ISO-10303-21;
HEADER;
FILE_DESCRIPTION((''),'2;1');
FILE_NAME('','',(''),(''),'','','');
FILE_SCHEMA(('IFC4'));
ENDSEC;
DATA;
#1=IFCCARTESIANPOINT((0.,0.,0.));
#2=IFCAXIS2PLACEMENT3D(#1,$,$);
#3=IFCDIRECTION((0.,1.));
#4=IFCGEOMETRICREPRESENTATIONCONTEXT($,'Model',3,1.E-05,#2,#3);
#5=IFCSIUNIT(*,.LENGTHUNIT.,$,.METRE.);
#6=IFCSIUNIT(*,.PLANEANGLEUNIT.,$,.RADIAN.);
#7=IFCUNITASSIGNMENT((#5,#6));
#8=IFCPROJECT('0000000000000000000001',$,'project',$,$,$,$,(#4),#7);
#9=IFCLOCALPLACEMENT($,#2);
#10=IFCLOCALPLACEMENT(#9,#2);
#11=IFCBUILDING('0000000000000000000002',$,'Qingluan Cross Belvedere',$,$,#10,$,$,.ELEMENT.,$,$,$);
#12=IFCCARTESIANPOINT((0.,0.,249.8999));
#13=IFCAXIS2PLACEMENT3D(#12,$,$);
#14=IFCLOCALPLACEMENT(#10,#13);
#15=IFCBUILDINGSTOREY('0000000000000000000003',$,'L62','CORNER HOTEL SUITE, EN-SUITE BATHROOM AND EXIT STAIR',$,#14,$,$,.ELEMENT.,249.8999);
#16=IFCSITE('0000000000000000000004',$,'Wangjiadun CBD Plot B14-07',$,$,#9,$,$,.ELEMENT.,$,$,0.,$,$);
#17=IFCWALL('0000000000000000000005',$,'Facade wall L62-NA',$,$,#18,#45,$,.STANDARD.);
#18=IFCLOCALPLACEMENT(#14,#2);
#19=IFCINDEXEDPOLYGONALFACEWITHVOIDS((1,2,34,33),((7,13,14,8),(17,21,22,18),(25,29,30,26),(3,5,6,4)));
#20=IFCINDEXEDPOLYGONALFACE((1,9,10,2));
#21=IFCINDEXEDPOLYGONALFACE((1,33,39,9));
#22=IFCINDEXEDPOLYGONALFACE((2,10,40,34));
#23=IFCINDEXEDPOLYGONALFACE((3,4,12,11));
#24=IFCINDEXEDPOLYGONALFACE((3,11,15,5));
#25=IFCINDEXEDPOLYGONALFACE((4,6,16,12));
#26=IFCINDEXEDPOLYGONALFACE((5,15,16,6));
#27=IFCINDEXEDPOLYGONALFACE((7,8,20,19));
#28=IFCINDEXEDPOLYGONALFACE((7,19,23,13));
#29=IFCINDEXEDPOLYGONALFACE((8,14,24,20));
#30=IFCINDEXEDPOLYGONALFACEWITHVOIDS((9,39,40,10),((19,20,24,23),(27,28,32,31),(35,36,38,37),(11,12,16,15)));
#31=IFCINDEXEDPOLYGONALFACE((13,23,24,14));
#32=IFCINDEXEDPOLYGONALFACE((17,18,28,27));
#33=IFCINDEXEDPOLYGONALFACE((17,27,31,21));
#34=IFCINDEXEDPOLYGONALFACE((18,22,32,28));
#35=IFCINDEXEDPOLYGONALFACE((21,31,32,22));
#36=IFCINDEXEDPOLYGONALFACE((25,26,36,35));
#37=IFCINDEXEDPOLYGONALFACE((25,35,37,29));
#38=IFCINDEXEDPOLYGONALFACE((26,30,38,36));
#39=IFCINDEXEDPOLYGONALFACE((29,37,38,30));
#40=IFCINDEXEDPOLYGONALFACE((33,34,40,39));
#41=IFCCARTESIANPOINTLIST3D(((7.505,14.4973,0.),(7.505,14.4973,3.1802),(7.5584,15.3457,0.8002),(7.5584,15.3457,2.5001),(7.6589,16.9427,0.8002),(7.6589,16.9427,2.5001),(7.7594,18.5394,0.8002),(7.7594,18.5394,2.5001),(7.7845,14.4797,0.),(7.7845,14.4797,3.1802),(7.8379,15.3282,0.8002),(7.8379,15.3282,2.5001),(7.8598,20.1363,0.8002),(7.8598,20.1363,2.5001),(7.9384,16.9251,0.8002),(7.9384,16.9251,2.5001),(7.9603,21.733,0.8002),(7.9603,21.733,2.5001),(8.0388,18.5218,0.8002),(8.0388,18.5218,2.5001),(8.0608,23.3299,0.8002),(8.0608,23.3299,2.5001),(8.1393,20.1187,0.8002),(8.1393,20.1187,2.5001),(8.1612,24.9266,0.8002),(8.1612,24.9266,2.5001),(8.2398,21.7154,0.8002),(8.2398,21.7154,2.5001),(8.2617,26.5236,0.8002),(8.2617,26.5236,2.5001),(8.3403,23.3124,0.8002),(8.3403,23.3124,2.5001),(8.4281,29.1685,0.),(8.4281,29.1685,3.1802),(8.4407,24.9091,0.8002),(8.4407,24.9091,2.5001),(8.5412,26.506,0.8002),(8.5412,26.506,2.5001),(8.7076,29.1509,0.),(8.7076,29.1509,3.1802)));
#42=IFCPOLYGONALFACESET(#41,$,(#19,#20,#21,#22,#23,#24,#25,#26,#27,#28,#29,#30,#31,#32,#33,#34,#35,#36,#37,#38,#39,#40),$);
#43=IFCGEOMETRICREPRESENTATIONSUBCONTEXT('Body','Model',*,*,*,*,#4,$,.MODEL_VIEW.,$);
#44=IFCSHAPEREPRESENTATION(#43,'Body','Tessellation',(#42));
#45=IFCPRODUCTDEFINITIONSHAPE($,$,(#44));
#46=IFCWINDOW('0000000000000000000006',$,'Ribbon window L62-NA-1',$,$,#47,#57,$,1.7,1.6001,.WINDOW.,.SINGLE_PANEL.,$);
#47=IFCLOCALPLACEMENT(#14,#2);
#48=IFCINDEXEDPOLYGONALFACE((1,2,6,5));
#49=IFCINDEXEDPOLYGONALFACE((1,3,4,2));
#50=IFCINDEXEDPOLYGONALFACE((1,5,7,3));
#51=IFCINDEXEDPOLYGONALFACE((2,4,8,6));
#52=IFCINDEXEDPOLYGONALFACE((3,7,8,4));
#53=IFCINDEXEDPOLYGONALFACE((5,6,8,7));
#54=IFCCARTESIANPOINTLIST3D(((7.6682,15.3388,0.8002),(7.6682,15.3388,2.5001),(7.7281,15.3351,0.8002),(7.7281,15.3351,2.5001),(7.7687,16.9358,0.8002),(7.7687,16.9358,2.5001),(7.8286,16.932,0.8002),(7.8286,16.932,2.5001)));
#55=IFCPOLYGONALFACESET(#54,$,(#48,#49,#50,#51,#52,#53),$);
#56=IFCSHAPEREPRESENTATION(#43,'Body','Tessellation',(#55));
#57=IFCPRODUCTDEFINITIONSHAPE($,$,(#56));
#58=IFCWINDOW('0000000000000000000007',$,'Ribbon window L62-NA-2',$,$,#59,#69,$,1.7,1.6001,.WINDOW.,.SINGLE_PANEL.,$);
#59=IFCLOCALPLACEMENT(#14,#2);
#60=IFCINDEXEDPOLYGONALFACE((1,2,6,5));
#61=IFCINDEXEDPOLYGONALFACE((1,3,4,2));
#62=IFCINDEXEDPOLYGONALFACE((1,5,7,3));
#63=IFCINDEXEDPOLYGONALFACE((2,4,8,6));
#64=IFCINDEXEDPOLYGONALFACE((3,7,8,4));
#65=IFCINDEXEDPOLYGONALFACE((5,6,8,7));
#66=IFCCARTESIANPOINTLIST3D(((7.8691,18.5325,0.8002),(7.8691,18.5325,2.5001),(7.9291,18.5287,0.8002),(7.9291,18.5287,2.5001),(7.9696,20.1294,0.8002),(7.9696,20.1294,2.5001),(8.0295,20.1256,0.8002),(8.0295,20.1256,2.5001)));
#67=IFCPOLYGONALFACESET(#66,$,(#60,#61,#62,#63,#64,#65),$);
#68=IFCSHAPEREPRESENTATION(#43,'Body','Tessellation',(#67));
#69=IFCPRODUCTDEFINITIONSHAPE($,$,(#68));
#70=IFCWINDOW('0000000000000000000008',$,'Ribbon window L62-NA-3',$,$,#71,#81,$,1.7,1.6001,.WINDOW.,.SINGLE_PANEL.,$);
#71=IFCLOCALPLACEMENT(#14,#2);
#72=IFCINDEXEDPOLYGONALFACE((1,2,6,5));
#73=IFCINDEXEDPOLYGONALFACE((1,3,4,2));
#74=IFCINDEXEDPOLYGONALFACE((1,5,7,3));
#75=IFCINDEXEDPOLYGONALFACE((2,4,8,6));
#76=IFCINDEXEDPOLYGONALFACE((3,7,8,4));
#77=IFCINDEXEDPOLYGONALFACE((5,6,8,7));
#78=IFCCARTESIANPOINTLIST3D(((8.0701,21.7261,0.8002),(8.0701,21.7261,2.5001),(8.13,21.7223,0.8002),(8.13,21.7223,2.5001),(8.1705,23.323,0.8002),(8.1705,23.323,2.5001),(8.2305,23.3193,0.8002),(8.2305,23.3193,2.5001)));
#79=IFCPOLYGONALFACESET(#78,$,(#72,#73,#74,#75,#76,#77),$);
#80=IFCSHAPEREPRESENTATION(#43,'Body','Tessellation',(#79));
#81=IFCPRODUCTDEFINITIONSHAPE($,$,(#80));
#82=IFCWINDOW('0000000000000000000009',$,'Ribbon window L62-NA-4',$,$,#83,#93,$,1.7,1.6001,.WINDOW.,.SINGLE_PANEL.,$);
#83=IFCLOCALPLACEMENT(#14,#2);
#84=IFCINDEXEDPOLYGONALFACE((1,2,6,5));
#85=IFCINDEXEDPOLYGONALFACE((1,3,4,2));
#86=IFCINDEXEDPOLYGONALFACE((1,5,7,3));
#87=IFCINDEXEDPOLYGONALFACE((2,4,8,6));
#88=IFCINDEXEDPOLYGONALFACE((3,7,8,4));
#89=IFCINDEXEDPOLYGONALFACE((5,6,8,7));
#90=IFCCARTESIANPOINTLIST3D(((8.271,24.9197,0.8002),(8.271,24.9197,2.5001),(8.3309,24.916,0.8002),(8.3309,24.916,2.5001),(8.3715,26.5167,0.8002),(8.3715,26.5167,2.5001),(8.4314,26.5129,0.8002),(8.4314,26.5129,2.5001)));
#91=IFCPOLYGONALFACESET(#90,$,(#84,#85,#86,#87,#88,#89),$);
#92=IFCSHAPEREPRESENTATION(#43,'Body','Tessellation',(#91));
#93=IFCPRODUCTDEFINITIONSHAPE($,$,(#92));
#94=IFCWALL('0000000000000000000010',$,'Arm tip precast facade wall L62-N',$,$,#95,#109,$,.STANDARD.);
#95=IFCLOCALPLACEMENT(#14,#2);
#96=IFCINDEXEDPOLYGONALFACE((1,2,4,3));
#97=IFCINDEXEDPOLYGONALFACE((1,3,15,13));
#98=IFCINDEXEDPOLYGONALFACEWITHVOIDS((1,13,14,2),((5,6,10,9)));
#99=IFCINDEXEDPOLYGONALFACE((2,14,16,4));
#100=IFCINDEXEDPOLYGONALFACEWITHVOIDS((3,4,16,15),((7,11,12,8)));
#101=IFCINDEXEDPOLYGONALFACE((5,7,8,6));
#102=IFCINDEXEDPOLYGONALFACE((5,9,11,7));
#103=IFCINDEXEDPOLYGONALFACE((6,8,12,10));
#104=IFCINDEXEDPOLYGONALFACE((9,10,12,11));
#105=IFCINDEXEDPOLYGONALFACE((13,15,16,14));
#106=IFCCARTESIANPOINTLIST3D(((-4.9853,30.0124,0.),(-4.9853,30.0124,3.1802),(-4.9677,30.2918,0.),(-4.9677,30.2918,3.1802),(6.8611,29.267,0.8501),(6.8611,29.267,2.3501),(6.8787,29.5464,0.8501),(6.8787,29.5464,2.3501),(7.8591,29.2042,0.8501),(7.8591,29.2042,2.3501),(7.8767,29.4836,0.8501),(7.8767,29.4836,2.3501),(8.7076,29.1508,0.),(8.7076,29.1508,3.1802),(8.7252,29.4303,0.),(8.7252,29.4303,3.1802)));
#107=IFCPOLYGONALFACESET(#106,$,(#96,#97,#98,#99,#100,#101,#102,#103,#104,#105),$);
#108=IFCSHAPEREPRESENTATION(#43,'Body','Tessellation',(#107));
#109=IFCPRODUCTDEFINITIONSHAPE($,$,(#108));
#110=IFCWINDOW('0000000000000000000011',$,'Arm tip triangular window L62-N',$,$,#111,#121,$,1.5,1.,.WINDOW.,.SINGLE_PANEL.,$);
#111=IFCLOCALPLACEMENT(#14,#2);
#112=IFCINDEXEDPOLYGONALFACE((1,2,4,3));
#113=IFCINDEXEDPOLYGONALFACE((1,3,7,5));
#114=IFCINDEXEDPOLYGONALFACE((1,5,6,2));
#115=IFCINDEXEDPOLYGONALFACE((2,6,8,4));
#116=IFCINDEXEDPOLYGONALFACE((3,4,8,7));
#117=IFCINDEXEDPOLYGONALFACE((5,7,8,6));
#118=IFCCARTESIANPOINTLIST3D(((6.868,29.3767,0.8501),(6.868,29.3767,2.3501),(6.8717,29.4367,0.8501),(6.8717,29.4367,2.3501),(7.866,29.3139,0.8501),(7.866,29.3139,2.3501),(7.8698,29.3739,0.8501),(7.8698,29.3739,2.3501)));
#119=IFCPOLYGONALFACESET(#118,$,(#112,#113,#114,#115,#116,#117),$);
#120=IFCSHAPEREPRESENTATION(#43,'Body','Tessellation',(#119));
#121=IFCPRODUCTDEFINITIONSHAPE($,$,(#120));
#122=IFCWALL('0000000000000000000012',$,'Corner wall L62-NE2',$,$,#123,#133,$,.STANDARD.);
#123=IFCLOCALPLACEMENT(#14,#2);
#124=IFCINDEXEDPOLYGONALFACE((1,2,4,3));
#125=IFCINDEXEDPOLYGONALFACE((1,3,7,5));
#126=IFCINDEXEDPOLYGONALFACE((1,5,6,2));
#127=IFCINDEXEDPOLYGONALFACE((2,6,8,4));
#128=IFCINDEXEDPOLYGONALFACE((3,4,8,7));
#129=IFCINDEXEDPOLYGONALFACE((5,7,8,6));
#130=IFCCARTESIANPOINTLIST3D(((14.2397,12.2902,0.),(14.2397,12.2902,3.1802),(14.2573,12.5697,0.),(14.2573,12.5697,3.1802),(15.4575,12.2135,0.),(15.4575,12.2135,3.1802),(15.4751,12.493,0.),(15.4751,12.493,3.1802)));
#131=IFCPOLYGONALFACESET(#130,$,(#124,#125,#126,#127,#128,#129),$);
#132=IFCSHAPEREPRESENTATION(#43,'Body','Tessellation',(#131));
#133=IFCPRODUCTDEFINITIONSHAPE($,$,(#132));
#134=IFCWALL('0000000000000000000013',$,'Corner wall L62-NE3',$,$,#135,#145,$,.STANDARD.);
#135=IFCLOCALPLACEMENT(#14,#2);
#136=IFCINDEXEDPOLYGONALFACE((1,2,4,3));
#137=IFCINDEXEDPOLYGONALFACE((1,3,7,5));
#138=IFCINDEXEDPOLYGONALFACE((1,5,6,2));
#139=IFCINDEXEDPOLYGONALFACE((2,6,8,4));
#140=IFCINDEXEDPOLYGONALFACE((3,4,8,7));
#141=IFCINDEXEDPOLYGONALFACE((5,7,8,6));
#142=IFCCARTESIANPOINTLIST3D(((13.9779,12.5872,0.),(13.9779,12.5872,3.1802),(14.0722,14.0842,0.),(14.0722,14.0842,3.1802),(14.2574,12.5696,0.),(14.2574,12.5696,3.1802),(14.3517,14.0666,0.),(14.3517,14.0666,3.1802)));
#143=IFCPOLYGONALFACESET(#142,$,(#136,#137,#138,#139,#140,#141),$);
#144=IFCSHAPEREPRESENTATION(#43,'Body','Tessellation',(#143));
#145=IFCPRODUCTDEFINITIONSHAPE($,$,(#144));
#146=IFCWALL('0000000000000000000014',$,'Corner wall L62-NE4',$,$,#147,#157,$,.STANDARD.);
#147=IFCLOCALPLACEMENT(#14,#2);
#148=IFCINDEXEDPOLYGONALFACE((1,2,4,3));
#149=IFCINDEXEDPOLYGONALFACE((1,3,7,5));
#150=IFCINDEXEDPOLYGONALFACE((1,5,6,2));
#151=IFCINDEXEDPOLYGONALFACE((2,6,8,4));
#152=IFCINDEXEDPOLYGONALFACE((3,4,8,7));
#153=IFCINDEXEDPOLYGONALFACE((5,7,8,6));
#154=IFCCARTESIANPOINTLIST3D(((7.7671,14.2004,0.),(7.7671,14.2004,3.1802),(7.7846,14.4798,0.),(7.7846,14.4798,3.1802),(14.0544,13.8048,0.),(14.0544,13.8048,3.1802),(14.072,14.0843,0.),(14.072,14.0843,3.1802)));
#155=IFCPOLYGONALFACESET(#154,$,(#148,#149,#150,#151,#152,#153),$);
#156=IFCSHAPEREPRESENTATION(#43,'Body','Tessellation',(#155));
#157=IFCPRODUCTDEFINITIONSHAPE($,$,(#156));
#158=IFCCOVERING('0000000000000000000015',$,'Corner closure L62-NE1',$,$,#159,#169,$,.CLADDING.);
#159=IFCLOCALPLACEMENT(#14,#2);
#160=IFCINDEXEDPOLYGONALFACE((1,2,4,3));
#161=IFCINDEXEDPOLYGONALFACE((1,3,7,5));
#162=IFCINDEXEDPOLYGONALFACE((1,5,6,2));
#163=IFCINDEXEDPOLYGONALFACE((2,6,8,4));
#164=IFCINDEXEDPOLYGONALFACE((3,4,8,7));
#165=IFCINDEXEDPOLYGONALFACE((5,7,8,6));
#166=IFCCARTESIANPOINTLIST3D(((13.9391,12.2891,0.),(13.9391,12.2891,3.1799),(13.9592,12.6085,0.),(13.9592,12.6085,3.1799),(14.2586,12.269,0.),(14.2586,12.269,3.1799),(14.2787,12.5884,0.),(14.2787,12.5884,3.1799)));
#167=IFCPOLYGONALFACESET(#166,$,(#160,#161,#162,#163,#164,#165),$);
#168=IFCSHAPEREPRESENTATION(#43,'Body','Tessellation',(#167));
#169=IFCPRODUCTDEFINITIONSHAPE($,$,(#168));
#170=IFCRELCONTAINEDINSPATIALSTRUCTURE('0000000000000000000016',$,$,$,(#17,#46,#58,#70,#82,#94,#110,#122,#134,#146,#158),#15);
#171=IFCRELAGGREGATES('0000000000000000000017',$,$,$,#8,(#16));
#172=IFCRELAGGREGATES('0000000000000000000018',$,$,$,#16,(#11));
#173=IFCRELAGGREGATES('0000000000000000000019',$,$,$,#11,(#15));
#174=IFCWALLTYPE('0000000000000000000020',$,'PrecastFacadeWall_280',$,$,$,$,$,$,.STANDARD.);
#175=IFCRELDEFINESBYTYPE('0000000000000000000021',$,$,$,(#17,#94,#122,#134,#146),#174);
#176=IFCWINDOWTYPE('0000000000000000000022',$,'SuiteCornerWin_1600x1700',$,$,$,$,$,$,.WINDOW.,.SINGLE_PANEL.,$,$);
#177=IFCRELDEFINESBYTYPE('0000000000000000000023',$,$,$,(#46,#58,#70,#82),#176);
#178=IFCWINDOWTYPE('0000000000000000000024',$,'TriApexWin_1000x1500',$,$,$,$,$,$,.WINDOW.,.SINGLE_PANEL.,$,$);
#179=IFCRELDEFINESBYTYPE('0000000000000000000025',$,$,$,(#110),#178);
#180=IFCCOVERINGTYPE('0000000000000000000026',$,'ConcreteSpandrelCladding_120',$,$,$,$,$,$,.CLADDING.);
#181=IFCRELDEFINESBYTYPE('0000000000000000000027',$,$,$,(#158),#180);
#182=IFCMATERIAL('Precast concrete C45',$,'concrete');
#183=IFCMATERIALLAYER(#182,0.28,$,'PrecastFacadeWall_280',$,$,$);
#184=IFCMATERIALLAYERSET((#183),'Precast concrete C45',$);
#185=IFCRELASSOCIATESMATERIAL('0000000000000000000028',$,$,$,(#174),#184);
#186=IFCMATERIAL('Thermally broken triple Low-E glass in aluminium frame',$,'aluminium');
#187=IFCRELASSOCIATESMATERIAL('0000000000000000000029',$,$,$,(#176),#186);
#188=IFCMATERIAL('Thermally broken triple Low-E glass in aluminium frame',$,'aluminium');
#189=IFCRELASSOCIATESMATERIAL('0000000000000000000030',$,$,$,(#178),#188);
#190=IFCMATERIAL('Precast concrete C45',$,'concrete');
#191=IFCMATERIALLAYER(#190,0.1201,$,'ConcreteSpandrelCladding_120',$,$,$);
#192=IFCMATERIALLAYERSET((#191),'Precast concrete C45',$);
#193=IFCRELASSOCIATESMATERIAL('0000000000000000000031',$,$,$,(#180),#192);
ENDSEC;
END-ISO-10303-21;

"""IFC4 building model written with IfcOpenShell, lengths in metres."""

from ifc_helpers import new_model, si_unit, direction, frame, frame_2d, origin, origin_2d, place, context, subcontext, project, spatial, rectangle, extrude, material, layer, layer_set, type_object, element, fill, save


model = new_model("IFC4")

# Units and contexts
model_context = context("Model", 3, precision=1e-05, world=origin(), true_north=direction((0.0, 1.0)))
body_context = subcontext(model_context, "Body", "Model", "MODEL_VIEW")
ifc_project = project(units=[si_unit("LENGTHUNIT", "METRE"), si_unit("PLANEANGLEUNIT", "RADIAN")], contexts=[model_context])

# Site, building, storey
site_placement = place(None, origin())
site = spatial("IfcSite", under=ifc_project, at=site_placement, Name="Wangjiadun CBD Plot B14-07", CompositionType="ELEMENT", RefElevation=0.0)
building_placement = place(site_placement, origin())
building = spatial("IfcBuilding", under=site, at=building_placement, Name="Qingluan Cross Belvedere", CompositionType="ELEMENT")
storey_placement = place(building_placement, frame((0.0, 0.0, 249.8999)))
storey = spatial("IfcBuildingStorey", under=building, at=storey_placement, Name="L62", Description="CORNER HOTEL SUITE, EN-SUITE BATHROOM AND EXIT STAIR", CompositionType="ELEMENT", Elevation=249.8999)

# Wall, openings, windows
ifc_material_1 = material(Name="Precast concrete C45", Category="concrete")
ifc_layer_1 = layer(ifc_material_1, 0.28, Name="PrecastFacadeWall_280")
ifc_layer_set_1 = layer_set([ifc_layer_1], Name="Precast concrete C45")
wall_type_1 = type_object("IfcWallType", Name="PrecastFacadeWall_280", PredefinedType="STANDARD", material=ifc_layer_set_1)
wall_1_placement = place(storey_placement, frame((7.6448, 14.4885, 0.0), z_axis=(0.0, 0.0, 1.0), x_axis=(0.062795, 0.998026, 0.0)))
wall_1 = element("IfcWall", 1, at=wall_1_placement, inside=storey, type_object=wall_type_1, Name="Facade wall L62-NA", PredefinedType="STANDARD", context=body_context, shape_type="SweptSolid", body=[
    extrude(rectangle(XDim=14.7002, YDim=0.28, at=frame_2d((7.3501, 0.0))), origin(), (0.0, 0.0, 1.0), 3.1802),
])
opening_1_placement = place(wall_1_placement, frame((0.8501, 0.0, 0.8)))
opening_1 = element("IfcOpeningElement", 2, at=opening_1_placement, cuts=wall_1, PredefinedType="OPENING", context=body_context, shape_type="SweptSolid", body=[
    extrude(rectangle(XDim=1.6001, YDim=1.7, at=frame_2d((0.8, 0.8501))), frame((0.0, 0.1499, 0.0), z_axis=(0.0, -1.0, 0.0), x_axis=(1.0, 0.0, 0.0)), (0.0, 0.0, 1.0), 0.3),
])
opening_2_placement = place(wall_1_placement, frame((4.05, 0.0, 0.8)))
opening_2 = element("IfcOpeningElement", 3, at=opening_2_placement, cuts=wall_1, PredefinedType="OPENING", context=body_context, shape_type="SweptSolid", body=[
    extrude(rectangle(XDim=1.6001, YDim=1.7, at=frame_2d((0.8, 0.8501))), frame((0.0, 0.1499, 0.0), z_axis=(0.0, -1.0, 0.0), x_axis=(1.0, 0.0, 0.0)), (0.0, 0.0, 1.0), 0.3),
])
opening_3_placement = place(wall_1_placement, frame((7.25, 0.0, 0.8)))
opening_3 = element("IfcOpeningElement", 4, at=opening_3_placement, cuts=wall_1, PredefinedType="OPENING", context=body_context, shape_type="SweptSolid", body=[
    extrude(rectangle(XDim=1.6001, YDim=1.7, at=frame_2d((0.8, 0.8501))), frame((0.0, 0.1499, 0.0), z_axis=(0.0, -1.0, 0.0), x_axis=(1.0, 0.0, 0.0)), (0.0, 0.0, 1.0), 0.3),
])
opening_4_placement = place(wall_1_placement, frame((10.45, 0.0, 0.8)))
opening_4 = element("IfcOpeningElement", 5, at=opening_4_placement, cuts=wall_1, PredefinedType="OPENING", context=body_context, shape_type="SweptSolid", body=[
    extrude(rectangle(XDim=1.6001, YDim=1.7, at=frame_2d((0.8, 0.8501))), frame((0.0, 0.1499, 0.0), z_axis=(0.0, -1.0, 0.0), x_axis=(1.0, 0.0, 0.0)), (0.0, 0.0, 1.0), 0.3),
])
ifc_material_2 = material(Name="Thermally broken triple Low-E glass in aluminium frame", Category="aluminium")
window_type_1 = type_object("IfcWindowType", Name="SuiteCornerWin_1600x1700", PartitioningType="SINGLE_PANEL", PredefinedType="WINDOW", material=ifc_material_2)
window_1_placement = place(opening_1_placement, origin())
window_1 = element("IfcWindow", 6, at=window_1_placement, inside=storey, type_object=window_type_1, Name="Ribbon window L62-NA-1", OverallHeight=1.7, OverallWidth=1.6001, PartitioningType="SINGLE_PANEL", PredefinedType="WINDOW", context=body_context, shape_type="SweptSolid", body=[
    extrude(rectangle(XDim=1.6001, YDim=1.7, at=frame_2d((0.8, 0.8501))), frame((0.0, 0.03, 0.0), z_axis=(0.0, -1.0, 0.0), x_axis=(1.0, 0.0, 0.0)), (0.0, 0.0, 1.0), 0.0601),
])
fill(opening_1, window_1)
window_2_placement = place(opening_2_placement, origin())
window_2 = element("IfcWindow", 7, at=window_2_placement, inside=storey, type_object=window_type_1, Name="Ribbon window L62-NA-2", OverallHeight=1.7, OverallWidth=1.6001, PartitioningType="SINGLE_PANEL", PredefinedType="WINDOW", context=body_context, shape_type="SweptSolid", body=[
    extrude(rectangle(XDim=1.6001, YDim=1.7, at=frame_2d((0.8, 0.8501))), frame((0.0, 0.03, 0.0), z_axis=(0.0, -1.0, 0.0), x_axis=(1.0, 0.0, 0.0)), (0.0, 0.0, 1.0), 0.0601),
])
fill(opening_2, window_2)
window_3_placement = place(opening_3_placement, origin())
window_3 = element("IfcWindow", 8, at=window_3_placement, inside=storey, type_object=window_type_1, Name="Ribbon window L62-NA-3", OverallHeight=1.7, OverallWidth=1.6001, PartitioningType="SINGLE_PANEL", PredefinedType="WINDOW", context=body_context, shape_type="SweptSolid", body=[
    extrude(rectangle(XDim=1.6001, YDim=1.7, at=frame_2d((0.8, 0.8501))), frame((0.0, 0.03, 0.0), z_axis=(0.0, -1.0, 0.0), x_axis=(1.0, 0.0, 0.0)), (0.0, 0.0, 1.0), 0.0601),
])
fill(opening_3, window_3)
window_4_placement = place(opening_4_placement, origin())
window_4 = element("IfcWindow", 9, at=window_4_placement, inside=storey, type_object=window_type_1, Name="Ribbon window L62-NA-4", OverallHeight=1.7, OverallWidth=1.6001, PartitioningType="SINGLE_PANEL", PredefinedType="WINDOW", context=body_context, shape_type="SweptSolid", body=[
    extrude(rectangle(XDim=1.6001, YDim=1.7, at=frame_2d((0.8, 0.8501))), frame((0.0, 0.03, 0.0), z_axis=(0.0, -1.0, 0.0), x_axis=(1.0, 0.0, 0.0)), (0.0, 0.0, 1.0), 0.0601),
])
fill(opening_4, window_4)

# Wall, opening, window
wall_2_placement = place(storey_placement, frame((8.7163, 29.2905, 0.0), z_axis=(0.0, 0.0, 1.0), x_axis=(-0.998026, 0.062797, 0.0)))
wall_2 = element("IfcWall", 10, at=wall_2_placement, inside=storey, type_object=wall_type_1, Name="Arm tip precast facade wall L62-N", PredefinedType="STANDARD", context=body_context, shape_type="SweptSolid", body=[
    extrude(rectangle(XDim=13.72, YDim=0.28, at=frame_2d((6.8599, 0.0))), origin(), (0.0, 0.0, 1.0), 3.1802),
])
opening_5_placement = place(wall_2_placement, frame((0.8501, 0.0, 0.8501)))
opening_5 = element("IfcOpeningElement", 11, at=opening_5_placement, cuts=wall_2, PredefinedType="OPENING", context=body_context, shape_type="SweptSolid", body=[
    extrude(rectangle(XDim=1.0, YDim=1.5, at=frame_2d((0.5, 0.75))), frame((0.0, 0.1499, 0.0), z_axis=(0.0, -1.0, 0.0), x_axis=(1.0, 0.0, 0.0)), (0.0, 0.0, 1.0), 0.3),
])
ifc_material_3 = material(Name="Thermally broken triple Low-E glass in aluminium frame", Category="aluminium")
window_type_2 = type_object("IfcWindowType", Name="TriApexWin_1000x1500", PartitioningType="SINGLE_PANEL", PredefinedType="WINDOW", material=ifc_material_3)
window_5_placement = place(opening_5_placement, origin())
window_5 = element("IfcWindow", 12, at=window_5_placement, inside=storey, type_object=window_type_2, Name="Arm tip triangular window L62-N", OverallHeight=1.5, OverallWidth=1.0, PartitioningType="SINGLE_PANEL", PredefinedType="WINDOW", context=body_context, shape_type="SweptSolid", body=[
    extrude(rectangle(XDim=1.0, YDim=1.5, at=frame_2d((0.5, 0.75))), frame((0.0, 0.03, 0.0), z_axis=(0.0, -1.0, 0.0), x_axis=(1.0, 0.0, 0.0)), (0.0, 0.0, 1.0), 0.0601),
])
fill(opening_5, window_5)

# Walls
wall_3_placement = place(storey_placement, frame((15.4663, 12.3533, 0.0), z_axis=(0.0, 0.0, 1.0), x_axis=(-0.998024, 0.062827, 0.0)))
element("IfcWall", 13, at=wall_3_placement, inside=storey, type_object=wall_type_1, Name="Corner wall L62-NE2", PredefinedType="STANDARD", context=body_context, shape_type="SweptSolid", body=[
    extrude(rectangle(XDim=1.2202, YDim=0.28, at=frame_2d((0.6101, 0.0))), origin(), (0.0, 0.0, 1.0), 3.1802),
])
wall_4_placement = place(storey_placement, frame((14.1177, 12.5784, 0.0), z_axis=(0.0, 0.0, 1.0), x_axis=(0.062824, 0.998025, 0.0)))
element("IfcWall", 14, at=wall_4_placement, inside=storey, type_object=wall_type_1, Name="Corner wall L62-NE3", PredefinedType="STANDARD", context=body_context, shape_type="SweptSolid", body=[
    extrude(rectangle(XDim=1.5, YDim=0.28, at=frame_2d((0.75, 0.0))), origin(), (0.0, 0.0, 1.0), 3.1802),
])
wall_5_placement = place(storey_placement, frame((14.0632, 13.9446, 0.0), z_axis=(0.0, 0.0, 1.0), x_axis=(-0.998027, 0.062781, 0.0)))
element("IfcWall", 15, at=wall_5_placement, inside=storey, type_object=wall_type_1, Name="Corner wall L62-NE4", PredefinedType="STANDARD", context=body_context, shape_type="SweptSolid", body=[
    extrude(rectangle(XDim=6.2998, YDim=0.28, at=frame_2d((3.1499, 0.0))), origin(), (0.0, 0.0, 1.0), 3.1802),
])

# Covering
ifc_material_4 = material(Name="Precast concrete C45", Category="concrete")
ifc_layer_2 = layer(ifc_material_4, 0.1201, Name="ConcreteSpandrelCladding_120")
ifc_layer_set_2 = layer_set([ifc_layer_2], Name="Precast concrete C45")
covering_type = type_object("IfcCoveringType", Name="ConcreteSpandrelCladding_120", PredefinedType="CLADDING", material=ifc_layer_set_2)
for number, where, z_axis, x_axis, name in (
    (16, (14.1089, 12.4387, 0.0), (0.0, 0.0, 1.0), (0.998027, -0.062791, 0.0), "Corner closure L62-NE1"),
):
    element("IfcCovering", number, at=place(storey_placement, frame(where, z_axis=z_axis, x_axis=x_axis)), inside=storey, type_object=covering_type, Name=name, PredefinedType="CLADDING", context=body_context, shape_type="SweptSolid", body=[
        extrude(rectangle(XDim=0.3201, YDim=0.3201, at=origin_2d()), origin(), (0.0, 0.0, 1.0), 3.1799),
    ])

save(model, "model.ifc")
